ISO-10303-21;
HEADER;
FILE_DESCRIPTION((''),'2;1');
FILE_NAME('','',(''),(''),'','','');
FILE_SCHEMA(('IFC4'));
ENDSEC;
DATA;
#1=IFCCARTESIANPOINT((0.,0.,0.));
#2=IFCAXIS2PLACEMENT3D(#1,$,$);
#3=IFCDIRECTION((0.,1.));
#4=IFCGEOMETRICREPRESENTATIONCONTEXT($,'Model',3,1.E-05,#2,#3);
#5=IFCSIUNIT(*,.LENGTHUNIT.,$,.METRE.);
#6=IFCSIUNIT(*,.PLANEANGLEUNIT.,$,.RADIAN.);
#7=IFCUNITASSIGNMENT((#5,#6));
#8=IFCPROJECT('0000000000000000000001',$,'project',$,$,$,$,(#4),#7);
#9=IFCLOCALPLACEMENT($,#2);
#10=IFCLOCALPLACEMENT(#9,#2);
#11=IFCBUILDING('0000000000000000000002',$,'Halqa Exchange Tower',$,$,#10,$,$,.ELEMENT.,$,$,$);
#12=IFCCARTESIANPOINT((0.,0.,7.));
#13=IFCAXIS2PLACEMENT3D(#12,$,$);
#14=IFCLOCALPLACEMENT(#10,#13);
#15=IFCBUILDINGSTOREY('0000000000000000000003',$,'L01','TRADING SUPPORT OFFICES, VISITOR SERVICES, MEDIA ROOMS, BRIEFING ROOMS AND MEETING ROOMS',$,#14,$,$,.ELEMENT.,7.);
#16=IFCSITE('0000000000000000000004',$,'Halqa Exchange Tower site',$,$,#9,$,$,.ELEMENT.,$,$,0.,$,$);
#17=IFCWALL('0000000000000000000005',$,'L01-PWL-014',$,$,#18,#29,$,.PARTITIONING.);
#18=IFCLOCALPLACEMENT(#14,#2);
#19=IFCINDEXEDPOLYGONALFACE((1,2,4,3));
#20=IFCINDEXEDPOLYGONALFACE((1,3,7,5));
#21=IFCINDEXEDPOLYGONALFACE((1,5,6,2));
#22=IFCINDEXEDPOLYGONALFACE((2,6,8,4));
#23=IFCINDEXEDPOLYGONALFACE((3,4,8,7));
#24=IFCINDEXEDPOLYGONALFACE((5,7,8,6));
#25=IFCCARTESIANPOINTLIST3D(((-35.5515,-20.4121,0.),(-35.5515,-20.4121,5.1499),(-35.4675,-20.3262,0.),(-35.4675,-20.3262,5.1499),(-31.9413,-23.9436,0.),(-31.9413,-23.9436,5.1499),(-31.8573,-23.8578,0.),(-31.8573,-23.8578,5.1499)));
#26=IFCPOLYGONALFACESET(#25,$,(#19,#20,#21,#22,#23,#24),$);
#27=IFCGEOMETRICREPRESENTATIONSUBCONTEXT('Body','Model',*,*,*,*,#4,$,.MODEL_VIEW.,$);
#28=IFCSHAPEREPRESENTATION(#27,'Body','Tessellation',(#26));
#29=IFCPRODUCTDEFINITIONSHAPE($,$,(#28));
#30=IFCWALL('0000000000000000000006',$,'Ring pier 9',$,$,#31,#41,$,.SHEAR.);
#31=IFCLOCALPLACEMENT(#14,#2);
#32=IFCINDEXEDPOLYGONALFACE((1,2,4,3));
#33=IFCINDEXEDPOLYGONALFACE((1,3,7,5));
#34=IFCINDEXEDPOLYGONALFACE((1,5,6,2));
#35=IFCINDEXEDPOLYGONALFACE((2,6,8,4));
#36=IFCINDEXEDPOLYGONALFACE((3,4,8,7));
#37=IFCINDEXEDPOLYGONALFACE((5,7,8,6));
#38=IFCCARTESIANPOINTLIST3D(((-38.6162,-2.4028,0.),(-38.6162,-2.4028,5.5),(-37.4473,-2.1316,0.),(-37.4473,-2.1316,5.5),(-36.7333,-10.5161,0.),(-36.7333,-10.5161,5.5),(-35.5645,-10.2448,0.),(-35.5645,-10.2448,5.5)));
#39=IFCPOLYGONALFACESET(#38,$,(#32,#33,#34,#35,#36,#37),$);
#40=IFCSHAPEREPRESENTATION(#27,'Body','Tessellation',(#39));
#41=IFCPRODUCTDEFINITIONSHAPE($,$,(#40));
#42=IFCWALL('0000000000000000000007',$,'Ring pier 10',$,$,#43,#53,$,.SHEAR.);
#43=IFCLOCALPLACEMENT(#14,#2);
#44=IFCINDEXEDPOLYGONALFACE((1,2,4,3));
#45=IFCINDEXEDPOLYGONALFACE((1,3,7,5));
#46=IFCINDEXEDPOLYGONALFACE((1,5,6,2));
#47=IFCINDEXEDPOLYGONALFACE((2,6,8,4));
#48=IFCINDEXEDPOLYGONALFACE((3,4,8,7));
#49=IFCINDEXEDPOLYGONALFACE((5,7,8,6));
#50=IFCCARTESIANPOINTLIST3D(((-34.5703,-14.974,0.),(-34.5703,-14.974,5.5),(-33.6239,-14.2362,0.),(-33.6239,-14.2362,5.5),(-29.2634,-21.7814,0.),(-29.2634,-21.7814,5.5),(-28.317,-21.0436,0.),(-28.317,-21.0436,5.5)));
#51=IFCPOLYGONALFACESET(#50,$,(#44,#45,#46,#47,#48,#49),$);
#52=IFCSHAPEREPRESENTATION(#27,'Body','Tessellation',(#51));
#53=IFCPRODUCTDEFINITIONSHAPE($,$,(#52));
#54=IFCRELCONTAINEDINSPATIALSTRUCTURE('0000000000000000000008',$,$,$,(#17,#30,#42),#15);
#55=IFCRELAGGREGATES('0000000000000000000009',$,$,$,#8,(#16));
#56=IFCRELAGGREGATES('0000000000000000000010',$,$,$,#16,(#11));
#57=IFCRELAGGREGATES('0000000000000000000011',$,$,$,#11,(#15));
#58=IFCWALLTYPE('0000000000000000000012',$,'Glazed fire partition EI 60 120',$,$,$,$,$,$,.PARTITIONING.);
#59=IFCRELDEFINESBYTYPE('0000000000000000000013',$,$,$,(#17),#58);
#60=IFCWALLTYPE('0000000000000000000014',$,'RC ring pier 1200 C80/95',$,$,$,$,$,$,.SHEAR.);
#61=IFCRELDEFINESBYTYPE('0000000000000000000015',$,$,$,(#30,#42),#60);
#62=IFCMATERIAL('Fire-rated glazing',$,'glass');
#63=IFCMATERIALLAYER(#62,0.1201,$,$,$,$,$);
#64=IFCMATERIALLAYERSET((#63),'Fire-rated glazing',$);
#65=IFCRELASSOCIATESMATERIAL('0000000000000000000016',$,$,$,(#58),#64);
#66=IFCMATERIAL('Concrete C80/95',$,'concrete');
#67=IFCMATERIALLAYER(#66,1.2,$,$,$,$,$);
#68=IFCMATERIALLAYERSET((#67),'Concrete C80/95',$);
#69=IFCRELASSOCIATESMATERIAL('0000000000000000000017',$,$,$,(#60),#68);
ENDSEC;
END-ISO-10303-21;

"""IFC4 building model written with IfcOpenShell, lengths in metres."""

from ifc_helpers import new_model, si_unit, direction, frame, frame_2d, origin, place, context, subcontext, project, spatial, rectangle, extrude, material, layer, layer_set, type_object, element, save


model = new_model("IFC4")

# Units and contexts
model_context = context("Model", 3, precision=1e-05, world=origin(), true_north=direction((0.0, 1.0)))
body_context = subcontext(model_context, "Body", "Model", "MODEL_VIEW")
ifc_project = project(units=[si_unit("LENGTHUNIT", "METRE"), si_unit("PLANEANGLEUNIT", "RADIAN")], contexts=[model_context])

# Site, building, storey
site_placement = place(None, origin())
site = spatial("IfcSite", under=ifc_project, at=site_placement, Name="Halqa Exchange Tower site", CompositionType="ELEMENT", RefElevation=0.0)
building_placement = place(site_placement, origin())
building = spatial("IfcBuilding", under=site, at=building_placement, Name="Halqa Exchange Tower", CompositionType="ELEMENT")
storey_placement = place(building_placement, frame((0.0, 0.0, 7.0)))
storey = spatial("IfcBuildingStorey", under=building, at=storey_placement, Name="L01", Description="TRADING SUPPORT OFFICES, VISITOR SERVICES, MEDIA ROOMS, BRIEFING ROOMS AND MEETING ROOMS", CompositionType="ELEMENT", Elevation=7.0)

# Shared definitions
ifc_material_1 = material(Name="Fire-rated glazing", Category="glass")
ifc_layer_1 = layer(ifc_material_1, 0.1201)
ifc_layer_set_1 = layer_set([ifc_layer_1], Name="Fire-rated glazing")
wall_type_1 = type_object("IfcWallType", Name="Glazed fire partition EI 60 120", PredefinedType="PARTITIONING", material=ifc_layer_set_1)

# Walls
wall_1_placement = place(storey_placement, frame((-35.5095, -20.3691, 0.0), z_axis=(0.0, 0.0, 1.0), x_axis=(0.714847, -0.699281, 0.0)))
element("IfcWall", 1, at=wall_1_placement, inside=storey, type_object=wall_type_1, Name="L01-PWL-014", PredefinedType="PARTITIONING", context=body_context, shape_type="SweptSolid", body=[
    extrude(rectangle(XDim=5.0503, YDim=0.1201, at=frame_2d((2.5251, 0.0))), origin(), (0.0, 0.0, 1.0), 5.1499),
])
ifc_material_2 = material(Name="Concrete C80/95", Category="concrete")
ifc_layer_2 = layer(ifc_material_2, 1.2)
ifc_layer_set_2 = layer_set([ifc_layer_2], Name="Concrete C80/95")
wall_type_2 = type_object("IfcWallType", Name="RC ring pier 1200 C80/95", PredefinedType="SHEAR", material=ifc_layer_set_2)
wall_2_placement = place(storey_placement, frame((-38.0317, -2.2671, 0.0), z_axis=(0.0, 0.0, 1.0), x_axis=(0.226058, -0.974114, 0.0)))
element("IfcWall", 2, at=wall_2_placement, inside=storey, type_object=wall_type_2, Name="Ring pier 9", PredefinedType="SHEAR", context=body_context, shape_type="SweptSolid", body=[
    extrude(rectangle(XDim=8.3289, YDim=1.2, at=frame_2d((4.1646, 0.0))), origin(), (0.0, 0.0, 1.0), 5.5),
])
wall_3_placement = place(storey_placement, frame((-34.0972, -14.605, 0.0), z_axis=(0.0, 0.0, 1.0), x_axis=(0.614825, -0.788663, 0.0)))
element("IfcWall", 3, at=wall_3_placement, inside=storey, type_object=wall_type_2, Name="Ring pier 10", PredefinedType="SHEAR", context=body_context, shape_type="SweptSolid", body=[
    extrude(rectangle(XDim=8.6316, YDim=1.2, at=frame_2d((4.3159, 0.0))), origin(), (0.0, 0.0, 1.0), 5.5),
])

save(model, "model.ifc")
